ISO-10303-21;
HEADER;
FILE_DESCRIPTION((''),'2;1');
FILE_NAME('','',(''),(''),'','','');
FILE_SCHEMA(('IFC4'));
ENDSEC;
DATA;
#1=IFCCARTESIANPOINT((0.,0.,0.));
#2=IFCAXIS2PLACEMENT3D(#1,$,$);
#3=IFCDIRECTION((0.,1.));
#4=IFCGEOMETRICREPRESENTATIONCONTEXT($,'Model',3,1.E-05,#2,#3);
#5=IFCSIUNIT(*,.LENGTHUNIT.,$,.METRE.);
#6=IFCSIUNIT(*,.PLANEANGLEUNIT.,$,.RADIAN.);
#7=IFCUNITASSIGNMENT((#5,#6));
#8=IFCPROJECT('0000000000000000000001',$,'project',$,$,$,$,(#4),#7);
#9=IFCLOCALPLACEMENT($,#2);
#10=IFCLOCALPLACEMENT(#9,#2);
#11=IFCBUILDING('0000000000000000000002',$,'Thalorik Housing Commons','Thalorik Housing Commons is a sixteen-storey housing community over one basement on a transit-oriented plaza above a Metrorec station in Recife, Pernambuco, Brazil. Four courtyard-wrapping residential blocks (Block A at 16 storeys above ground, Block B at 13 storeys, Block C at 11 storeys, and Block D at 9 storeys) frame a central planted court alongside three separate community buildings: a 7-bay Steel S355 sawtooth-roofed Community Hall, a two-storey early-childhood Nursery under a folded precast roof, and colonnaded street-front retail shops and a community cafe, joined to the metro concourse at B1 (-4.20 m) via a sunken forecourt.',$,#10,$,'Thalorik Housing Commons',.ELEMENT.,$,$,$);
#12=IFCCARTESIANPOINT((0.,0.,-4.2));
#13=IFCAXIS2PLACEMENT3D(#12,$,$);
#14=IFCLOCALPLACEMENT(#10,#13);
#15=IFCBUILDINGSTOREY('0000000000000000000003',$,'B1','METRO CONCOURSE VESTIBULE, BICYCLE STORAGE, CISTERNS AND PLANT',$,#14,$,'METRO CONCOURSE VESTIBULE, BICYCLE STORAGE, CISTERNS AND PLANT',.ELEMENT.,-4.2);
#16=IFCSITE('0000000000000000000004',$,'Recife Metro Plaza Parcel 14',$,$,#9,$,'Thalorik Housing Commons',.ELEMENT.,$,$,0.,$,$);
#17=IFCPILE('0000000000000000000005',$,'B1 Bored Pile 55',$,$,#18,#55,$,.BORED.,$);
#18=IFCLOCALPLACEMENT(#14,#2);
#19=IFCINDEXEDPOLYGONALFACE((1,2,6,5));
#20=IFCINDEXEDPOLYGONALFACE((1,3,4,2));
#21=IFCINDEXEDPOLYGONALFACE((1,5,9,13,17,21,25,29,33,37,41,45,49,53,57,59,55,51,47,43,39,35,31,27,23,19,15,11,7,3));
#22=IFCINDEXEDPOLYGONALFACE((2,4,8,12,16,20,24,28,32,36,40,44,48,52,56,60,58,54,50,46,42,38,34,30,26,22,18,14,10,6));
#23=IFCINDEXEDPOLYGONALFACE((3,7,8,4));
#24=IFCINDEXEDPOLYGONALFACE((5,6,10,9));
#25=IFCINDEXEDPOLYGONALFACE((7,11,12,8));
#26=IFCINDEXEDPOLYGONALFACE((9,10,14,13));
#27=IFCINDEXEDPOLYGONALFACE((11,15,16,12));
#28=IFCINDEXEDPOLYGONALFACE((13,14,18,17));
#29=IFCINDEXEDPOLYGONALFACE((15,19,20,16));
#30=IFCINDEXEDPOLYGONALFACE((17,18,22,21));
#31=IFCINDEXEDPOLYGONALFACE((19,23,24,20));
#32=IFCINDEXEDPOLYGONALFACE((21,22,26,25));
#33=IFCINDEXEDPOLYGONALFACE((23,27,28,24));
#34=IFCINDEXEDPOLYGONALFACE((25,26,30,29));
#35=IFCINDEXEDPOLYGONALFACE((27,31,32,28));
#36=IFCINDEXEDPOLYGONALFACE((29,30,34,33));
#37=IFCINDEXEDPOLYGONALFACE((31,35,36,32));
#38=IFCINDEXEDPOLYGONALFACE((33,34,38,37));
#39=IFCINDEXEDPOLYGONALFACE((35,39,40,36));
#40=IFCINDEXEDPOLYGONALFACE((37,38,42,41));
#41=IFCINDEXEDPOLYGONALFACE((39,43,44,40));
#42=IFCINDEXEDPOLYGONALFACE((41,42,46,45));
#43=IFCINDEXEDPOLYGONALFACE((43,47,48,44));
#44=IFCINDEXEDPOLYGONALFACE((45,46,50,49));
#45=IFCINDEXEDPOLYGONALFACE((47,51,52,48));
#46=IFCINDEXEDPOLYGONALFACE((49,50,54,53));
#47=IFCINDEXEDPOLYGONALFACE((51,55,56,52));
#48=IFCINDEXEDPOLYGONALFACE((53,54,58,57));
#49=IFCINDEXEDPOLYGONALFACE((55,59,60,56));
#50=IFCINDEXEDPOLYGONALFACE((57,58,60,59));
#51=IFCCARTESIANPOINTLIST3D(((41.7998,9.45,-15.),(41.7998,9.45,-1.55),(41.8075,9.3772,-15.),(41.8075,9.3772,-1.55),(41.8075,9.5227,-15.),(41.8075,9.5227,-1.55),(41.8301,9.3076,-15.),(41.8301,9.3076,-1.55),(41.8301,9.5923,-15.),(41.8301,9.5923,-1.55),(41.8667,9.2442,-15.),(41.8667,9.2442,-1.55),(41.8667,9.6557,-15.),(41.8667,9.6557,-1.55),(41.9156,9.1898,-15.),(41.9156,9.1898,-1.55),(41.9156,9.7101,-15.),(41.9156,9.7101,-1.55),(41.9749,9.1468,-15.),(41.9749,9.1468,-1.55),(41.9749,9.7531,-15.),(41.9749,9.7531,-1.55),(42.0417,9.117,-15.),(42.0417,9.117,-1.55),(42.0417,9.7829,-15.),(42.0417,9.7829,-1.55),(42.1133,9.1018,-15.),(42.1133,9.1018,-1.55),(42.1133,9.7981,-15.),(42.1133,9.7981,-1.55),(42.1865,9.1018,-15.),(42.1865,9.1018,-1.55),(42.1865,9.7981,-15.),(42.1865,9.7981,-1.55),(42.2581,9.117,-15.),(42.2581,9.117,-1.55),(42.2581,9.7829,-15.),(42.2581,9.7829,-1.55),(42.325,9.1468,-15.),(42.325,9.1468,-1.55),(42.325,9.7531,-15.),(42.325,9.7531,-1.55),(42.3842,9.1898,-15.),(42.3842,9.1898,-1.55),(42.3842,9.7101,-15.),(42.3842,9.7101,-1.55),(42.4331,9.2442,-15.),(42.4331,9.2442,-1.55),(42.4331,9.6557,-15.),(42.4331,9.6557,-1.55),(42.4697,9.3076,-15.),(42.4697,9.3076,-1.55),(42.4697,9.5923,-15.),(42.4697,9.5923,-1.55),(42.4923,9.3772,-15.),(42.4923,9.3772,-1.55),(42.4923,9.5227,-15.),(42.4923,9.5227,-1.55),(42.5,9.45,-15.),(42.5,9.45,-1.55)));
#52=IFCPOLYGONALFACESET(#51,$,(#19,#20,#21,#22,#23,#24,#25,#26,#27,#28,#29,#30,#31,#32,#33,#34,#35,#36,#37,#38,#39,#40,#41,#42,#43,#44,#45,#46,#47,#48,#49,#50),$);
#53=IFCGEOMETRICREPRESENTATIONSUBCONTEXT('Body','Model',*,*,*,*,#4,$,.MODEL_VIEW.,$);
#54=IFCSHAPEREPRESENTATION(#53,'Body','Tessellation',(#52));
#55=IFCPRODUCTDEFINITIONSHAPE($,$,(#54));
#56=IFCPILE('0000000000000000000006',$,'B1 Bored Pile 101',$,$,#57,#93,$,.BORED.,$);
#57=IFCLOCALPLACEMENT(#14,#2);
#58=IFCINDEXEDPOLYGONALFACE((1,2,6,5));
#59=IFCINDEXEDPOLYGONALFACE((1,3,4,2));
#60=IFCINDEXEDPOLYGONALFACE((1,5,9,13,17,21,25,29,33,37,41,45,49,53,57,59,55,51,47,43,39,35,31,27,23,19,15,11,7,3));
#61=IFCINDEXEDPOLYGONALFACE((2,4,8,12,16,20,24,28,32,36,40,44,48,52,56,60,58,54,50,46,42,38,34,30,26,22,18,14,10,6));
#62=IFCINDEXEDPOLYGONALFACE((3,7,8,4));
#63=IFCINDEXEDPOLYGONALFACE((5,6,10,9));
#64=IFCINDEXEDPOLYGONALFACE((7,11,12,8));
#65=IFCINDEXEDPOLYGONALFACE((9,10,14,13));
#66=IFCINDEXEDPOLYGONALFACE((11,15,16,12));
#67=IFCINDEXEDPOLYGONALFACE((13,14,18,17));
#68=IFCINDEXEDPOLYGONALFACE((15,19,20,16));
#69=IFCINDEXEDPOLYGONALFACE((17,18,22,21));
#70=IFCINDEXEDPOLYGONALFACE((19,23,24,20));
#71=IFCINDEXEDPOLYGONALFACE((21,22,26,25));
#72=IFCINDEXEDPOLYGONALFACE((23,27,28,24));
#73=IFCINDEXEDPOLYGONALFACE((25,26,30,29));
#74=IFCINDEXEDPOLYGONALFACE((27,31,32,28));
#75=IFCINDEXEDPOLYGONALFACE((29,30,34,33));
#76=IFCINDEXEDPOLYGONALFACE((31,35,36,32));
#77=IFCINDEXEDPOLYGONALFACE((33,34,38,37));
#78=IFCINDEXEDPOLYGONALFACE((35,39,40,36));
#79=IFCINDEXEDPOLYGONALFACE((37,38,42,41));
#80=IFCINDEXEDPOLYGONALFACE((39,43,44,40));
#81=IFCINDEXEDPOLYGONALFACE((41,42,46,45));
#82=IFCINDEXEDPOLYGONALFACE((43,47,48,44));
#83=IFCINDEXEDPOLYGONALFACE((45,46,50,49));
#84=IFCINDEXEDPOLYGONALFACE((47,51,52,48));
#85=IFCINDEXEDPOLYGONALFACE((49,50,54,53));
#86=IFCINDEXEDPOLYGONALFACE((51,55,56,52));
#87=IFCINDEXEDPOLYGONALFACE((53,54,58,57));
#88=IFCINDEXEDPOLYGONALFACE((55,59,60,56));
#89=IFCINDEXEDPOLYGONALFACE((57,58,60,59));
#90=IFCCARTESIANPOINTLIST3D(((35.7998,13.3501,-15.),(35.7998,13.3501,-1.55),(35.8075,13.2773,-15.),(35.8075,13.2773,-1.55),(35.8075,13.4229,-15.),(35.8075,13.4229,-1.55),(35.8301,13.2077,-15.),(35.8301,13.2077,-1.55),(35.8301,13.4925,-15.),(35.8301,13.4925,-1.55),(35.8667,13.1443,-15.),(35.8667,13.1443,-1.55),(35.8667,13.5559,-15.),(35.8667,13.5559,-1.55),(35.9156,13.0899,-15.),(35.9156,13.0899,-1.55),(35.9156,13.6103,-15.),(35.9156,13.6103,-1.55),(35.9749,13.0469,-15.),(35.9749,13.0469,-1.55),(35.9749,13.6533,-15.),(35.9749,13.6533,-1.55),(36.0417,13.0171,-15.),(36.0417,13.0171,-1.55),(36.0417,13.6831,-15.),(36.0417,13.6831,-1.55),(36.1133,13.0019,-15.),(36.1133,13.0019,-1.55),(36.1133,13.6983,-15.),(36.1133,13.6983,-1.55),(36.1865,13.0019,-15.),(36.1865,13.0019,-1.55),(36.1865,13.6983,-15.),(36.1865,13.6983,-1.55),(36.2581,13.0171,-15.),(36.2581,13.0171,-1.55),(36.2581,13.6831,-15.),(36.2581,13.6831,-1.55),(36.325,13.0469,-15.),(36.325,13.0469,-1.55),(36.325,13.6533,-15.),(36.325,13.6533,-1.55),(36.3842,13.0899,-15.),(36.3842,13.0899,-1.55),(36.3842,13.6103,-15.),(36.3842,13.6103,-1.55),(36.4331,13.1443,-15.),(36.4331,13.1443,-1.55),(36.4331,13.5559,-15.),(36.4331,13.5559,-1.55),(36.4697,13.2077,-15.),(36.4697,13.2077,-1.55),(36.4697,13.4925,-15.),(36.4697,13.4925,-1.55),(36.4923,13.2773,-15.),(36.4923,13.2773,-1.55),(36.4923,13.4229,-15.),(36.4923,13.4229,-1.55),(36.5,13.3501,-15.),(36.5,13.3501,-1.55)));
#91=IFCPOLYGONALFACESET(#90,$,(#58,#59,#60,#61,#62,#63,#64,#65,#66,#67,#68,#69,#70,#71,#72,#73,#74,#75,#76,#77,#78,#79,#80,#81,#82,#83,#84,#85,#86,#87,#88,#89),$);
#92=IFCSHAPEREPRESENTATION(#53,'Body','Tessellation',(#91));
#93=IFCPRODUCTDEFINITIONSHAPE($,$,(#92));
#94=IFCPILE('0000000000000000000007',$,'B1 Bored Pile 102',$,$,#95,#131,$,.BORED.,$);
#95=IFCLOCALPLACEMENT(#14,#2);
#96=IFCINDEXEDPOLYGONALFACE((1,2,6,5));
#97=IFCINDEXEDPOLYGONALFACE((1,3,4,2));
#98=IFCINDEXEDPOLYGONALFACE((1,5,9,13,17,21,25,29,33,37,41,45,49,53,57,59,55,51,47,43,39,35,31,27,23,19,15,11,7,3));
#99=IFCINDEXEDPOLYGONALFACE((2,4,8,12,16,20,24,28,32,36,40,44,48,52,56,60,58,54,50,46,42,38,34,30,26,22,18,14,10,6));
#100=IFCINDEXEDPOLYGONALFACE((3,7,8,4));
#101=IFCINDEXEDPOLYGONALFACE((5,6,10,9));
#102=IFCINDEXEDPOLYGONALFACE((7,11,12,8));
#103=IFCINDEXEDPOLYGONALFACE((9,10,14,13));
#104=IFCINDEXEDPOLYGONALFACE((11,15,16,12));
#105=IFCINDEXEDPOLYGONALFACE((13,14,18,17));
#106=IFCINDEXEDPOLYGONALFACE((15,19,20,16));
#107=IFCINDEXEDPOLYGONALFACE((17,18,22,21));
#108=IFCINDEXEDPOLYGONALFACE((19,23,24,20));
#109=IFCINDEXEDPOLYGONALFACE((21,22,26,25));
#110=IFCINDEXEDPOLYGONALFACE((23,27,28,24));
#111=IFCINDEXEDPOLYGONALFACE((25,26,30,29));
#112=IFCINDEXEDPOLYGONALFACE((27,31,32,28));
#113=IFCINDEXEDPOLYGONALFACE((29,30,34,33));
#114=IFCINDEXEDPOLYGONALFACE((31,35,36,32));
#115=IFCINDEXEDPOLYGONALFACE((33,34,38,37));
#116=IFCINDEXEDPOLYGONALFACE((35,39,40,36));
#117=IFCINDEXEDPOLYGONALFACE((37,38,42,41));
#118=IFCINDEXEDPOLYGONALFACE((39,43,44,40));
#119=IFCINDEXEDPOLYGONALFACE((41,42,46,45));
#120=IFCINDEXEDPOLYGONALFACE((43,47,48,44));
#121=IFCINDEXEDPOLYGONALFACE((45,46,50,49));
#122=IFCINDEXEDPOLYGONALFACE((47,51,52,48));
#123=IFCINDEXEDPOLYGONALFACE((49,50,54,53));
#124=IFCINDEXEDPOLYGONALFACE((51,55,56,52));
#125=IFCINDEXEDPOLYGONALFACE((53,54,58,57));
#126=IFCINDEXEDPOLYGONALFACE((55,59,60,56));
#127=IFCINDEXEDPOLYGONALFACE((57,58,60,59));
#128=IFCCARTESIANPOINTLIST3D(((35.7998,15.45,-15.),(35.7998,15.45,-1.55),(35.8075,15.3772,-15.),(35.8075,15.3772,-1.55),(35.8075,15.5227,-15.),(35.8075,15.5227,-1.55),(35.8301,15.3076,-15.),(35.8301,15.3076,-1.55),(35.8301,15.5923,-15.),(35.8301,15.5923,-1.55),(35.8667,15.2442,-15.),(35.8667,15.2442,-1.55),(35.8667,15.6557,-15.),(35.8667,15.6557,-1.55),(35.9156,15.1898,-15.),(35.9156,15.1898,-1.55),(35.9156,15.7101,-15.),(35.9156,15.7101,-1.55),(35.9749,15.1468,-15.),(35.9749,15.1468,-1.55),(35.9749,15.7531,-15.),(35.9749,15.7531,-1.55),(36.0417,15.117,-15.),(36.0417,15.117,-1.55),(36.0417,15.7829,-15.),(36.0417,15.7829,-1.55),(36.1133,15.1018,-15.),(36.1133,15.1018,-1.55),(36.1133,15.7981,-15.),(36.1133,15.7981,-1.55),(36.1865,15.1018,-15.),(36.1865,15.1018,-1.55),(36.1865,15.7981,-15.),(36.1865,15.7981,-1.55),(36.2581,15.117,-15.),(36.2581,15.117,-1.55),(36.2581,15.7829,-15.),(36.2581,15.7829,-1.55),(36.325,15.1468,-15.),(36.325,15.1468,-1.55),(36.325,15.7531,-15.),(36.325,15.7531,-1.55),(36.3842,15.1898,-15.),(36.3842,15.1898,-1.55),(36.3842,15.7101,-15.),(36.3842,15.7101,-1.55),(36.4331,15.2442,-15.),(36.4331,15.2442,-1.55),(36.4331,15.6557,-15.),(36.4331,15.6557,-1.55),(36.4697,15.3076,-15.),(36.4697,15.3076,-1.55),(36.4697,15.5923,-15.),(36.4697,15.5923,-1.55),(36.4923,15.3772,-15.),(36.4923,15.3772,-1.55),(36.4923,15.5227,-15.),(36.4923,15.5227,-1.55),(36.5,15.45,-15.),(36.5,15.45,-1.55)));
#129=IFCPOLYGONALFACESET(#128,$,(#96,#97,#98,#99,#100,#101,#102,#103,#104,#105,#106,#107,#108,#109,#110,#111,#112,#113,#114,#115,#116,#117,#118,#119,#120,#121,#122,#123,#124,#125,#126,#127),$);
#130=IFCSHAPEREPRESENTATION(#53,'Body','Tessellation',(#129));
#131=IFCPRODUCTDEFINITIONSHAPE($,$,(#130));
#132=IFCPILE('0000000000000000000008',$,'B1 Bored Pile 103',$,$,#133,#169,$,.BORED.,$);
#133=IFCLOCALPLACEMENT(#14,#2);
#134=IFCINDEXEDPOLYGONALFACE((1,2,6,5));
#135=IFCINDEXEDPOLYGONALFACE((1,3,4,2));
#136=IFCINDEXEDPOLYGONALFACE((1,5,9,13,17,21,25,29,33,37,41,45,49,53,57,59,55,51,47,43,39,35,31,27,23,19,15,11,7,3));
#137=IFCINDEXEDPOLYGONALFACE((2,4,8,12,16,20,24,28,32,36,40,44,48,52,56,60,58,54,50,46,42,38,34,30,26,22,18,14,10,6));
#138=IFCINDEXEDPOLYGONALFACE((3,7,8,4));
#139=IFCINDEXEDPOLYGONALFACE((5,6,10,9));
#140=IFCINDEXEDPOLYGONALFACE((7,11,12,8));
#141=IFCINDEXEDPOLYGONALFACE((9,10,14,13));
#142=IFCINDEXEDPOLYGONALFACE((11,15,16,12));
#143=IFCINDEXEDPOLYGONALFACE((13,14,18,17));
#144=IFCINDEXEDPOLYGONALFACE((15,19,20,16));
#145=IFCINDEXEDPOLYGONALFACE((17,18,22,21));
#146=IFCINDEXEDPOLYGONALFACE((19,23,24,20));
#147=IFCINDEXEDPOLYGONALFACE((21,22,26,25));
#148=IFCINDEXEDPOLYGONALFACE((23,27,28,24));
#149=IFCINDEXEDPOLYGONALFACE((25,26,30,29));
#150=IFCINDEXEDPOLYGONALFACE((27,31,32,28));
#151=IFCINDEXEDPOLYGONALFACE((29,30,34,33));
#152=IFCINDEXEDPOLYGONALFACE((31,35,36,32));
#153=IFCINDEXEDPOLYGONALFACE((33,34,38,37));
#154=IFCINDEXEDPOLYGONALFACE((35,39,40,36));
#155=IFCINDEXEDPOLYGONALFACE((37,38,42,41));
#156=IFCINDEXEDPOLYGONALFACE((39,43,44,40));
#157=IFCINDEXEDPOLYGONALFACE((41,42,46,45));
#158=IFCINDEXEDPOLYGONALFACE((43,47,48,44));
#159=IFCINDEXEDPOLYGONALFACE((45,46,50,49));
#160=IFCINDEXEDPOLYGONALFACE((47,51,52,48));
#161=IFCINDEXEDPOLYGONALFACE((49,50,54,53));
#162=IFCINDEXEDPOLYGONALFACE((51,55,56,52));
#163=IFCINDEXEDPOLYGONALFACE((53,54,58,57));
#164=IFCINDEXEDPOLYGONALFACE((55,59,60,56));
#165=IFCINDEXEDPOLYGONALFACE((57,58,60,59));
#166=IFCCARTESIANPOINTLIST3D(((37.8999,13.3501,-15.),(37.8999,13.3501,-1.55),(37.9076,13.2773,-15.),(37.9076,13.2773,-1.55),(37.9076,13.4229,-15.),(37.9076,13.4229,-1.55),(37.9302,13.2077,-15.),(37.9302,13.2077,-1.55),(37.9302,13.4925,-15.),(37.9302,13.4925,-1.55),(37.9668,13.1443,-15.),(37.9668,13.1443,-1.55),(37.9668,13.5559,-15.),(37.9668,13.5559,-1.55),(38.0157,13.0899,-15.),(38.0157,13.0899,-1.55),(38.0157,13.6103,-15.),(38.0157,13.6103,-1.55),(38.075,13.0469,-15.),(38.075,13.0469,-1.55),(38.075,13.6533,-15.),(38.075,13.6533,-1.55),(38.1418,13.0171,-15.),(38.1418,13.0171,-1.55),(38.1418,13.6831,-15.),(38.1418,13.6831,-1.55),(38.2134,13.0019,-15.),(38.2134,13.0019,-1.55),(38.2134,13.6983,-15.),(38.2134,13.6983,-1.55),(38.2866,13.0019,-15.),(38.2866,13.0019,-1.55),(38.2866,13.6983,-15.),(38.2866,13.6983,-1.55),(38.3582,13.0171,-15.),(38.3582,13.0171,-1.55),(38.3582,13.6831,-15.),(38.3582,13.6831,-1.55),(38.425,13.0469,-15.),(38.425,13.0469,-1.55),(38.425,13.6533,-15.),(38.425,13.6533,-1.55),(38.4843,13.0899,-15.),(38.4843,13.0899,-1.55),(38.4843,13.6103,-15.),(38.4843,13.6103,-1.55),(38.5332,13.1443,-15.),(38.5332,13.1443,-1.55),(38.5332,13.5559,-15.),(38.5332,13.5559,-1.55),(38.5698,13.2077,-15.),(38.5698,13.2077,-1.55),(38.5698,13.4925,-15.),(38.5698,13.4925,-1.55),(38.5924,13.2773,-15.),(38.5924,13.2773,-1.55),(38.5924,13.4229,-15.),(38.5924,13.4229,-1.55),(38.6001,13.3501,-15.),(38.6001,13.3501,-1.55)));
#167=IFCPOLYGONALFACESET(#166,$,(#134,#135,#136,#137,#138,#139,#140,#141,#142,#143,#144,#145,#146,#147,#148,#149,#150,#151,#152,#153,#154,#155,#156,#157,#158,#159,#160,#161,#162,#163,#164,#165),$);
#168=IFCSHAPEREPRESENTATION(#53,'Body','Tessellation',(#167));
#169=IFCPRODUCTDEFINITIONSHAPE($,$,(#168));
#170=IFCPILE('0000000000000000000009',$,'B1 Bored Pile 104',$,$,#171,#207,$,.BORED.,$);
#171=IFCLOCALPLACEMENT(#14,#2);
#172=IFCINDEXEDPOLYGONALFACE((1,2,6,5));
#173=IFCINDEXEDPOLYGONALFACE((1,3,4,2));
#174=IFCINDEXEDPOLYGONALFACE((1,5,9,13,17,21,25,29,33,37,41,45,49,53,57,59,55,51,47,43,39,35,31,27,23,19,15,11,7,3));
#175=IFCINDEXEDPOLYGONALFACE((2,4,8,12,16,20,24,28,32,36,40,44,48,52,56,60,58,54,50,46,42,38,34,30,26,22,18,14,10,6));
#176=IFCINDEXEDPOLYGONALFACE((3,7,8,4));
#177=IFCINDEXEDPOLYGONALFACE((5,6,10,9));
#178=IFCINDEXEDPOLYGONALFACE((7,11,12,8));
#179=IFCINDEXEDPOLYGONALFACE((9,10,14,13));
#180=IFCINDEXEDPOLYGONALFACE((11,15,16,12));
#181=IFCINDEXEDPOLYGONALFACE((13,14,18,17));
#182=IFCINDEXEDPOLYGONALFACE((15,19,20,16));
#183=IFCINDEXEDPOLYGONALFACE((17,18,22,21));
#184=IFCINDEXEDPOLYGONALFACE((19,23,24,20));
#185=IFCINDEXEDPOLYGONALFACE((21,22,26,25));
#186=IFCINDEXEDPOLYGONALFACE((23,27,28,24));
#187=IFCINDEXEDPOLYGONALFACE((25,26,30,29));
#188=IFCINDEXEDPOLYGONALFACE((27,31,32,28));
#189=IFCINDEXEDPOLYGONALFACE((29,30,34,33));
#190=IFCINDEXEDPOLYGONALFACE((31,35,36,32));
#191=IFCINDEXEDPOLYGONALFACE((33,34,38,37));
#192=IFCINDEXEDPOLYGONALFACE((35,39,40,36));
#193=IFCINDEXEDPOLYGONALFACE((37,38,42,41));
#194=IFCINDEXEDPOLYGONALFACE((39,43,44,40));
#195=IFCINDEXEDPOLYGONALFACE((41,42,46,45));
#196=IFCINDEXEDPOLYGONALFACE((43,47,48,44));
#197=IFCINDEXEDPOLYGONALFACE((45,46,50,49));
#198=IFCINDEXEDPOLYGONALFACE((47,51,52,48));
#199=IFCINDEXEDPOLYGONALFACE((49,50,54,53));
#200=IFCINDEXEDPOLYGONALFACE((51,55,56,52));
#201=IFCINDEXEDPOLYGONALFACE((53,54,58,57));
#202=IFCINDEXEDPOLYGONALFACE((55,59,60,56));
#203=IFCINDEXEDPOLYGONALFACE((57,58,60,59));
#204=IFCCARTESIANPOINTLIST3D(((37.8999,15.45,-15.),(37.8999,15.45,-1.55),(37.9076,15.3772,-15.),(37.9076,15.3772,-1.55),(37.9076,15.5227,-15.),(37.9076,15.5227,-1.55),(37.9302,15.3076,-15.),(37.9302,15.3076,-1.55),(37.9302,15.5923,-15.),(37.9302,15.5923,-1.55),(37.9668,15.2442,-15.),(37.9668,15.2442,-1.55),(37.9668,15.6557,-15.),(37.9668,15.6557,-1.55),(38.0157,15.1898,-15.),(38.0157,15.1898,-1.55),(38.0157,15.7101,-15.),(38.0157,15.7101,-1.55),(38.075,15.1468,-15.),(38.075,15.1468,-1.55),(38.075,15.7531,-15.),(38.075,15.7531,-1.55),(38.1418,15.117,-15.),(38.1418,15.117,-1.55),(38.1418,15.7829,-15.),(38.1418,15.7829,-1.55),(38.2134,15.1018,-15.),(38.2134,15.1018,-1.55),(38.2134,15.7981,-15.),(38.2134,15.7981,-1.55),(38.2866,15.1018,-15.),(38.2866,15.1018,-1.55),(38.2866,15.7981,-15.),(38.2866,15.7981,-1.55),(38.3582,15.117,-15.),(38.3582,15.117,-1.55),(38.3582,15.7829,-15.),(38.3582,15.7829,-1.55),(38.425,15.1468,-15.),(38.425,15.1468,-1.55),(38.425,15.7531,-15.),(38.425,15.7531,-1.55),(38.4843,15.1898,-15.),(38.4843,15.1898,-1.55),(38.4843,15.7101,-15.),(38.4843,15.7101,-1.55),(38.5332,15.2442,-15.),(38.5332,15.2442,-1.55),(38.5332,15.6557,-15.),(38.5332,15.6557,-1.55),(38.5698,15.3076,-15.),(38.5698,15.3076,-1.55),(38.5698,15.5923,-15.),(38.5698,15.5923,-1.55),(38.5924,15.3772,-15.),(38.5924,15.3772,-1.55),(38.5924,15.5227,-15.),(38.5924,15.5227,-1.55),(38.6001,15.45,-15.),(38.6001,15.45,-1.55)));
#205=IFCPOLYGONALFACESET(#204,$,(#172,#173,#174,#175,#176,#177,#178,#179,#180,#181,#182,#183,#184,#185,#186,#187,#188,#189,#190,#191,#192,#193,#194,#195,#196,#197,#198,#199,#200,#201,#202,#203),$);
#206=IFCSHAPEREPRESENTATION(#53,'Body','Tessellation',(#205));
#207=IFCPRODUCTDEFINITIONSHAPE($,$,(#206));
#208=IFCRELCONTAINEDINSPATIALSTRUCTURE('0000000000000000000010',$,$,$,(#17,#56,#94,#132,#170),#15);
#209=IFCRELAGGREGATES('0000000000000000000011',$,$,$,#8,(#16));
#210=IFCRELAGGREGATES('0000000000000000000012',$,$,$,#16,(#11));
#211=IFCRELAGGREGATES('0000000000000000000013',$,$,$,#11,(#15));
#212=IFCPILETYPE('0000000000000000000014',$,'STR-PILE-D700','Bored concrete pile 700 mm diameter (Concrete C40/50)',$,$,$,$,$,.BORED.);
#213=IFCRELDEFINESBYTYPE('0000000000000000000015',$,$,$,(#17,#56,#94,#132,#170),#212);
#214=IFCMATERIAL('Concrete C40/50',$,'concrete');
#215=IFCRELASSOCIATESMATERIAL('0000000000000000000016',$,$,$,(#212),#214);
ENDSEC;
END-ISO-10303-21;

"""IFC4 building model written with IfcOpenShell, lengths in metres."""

from ifc_helpers import new_model, si_unit, direction, frame, origin, origin_2d, place, context, subcontext, project, spatial, circle, extrude, material, material_profile, profile_set, type_object, element, save


model = new_model("IFC4")

# Units and contexts
model_context = context("Model", 3, precision=1e-05, world=origin(), true_north=direction((0.0, 1.0)))
body_context = subcontext(model_context, "Body", "Model", "MODEL_VIEW")
ifc_project = project(units=[si_unit("LENGTHUNIT", "METRE"), si_unit("PLANEANGLEUNIT", "RADIAN")], contexts=[model_context])

# Site, building, storey
site_placement = place(None, origin())
site = spatial("IfcSite", under=ifc_project, at=site_placement, Name="Recife Metro Plaza Parcel 14", LongName="Thalorik Housing Commons", CompositionType="ELEMENT", RefElevation=0.0)
building_placement = place(site_placement, origin())
building = spatial("IfcBuilding", under=site, at=building_placement, Name="Thalorik Housing Commons", Description="Thalorik Housing Commons is a sixteen-storey housing community over one basement on a transit-oriented plaza above a Metrorec station in Recife, Pernambuco, Brazil. Four courtyard-wrapping residential blocks (Block A at 16 storeys above ground, Block B at 13 storeys, Block C at 11 storeys, and Block D at 9 storeys) frame a central planted court alongside three separate community buildings: a 7-bay Steel S355 sawtooth-roofed Community Hall, a two-storey early-childhood Nursery under a folded precast roof, and colonnaded street-front retail shops and a community cafe, joined to the metro concourse at B1 (-4.20 m) via a sunken forecourt.", LongName="Thalorik Housing Commons", CompositionType="ELEMENT")
storey_placement = place(building_placement, frame((0.0, 0.0, -4.2)))
storey = spatial("IfcBuildingStorey", under=building, at=storey_placement, Name="B1", Description="METRO CONCOURSE VESTIBULE, BICYCLE STORAGE, CISTERNS AND PLANT", LongName="METRO CONCOURSE VESTIBULE, BICYCLE STORAGE, CISTERNS AND PLANT", CompositionType="ELEMENT", Elevation=-4.2)

# Shared definitions
ifc_material_1 = material(Name="Concrete C40/50", Category="concrete")

# Piles
ifc_material_profile_1 = material_profile(ifc_material_1, circle(Radius=0.3501, at=origin_2d()), Name="BORED PILE D700", Category="concrete")
ifc_profile_set_1 = profile_set([ifc_material_profile_1], Name="Concrete C40/50")
pile_type = type_object("IfcPileType", Name="STR-PILE-D700", Description="Bored concrete pile 700 mm diameter (Concrete C40/50)", PredefinedType="BORED", material=ifc_profile_set_1)
for number, where, z_axis, x_axis, name in (
    (1, (42.1499, 9.45, -1.55), (0.0, 0.0, -1.0), (1.0, 0.0, 0.0), "B1 Bored Pile 55"),
    (2, (36.1499, 13.3501, -1.55), (0.0, 0.0, -1.0), (1.0, 0.0, 0.0), "B1 Bored Pile 101"),
    (3, (36.1499, 15.45, -1.55), (0.0, 0.0, -1.0), (1.0, 0.0, 0.0), "B1 Bored Pile 102"),
    (4, (38.25, 13.3501, -1.55), (0.0, 0.0, -1.0), (1.0, 0.0, 0.0), "B1 Bored Pile 103"),
    (5, (38.25, 15.45, -1.55), (0.0, 0.0, -1.0), (1.0, 0.0, 0.0), "B1 Bored Pile 104"),
):
    element("IfcPile", number, at=place(storey_placement, frame(where, z_axis=z_axis, x_axis=x_axis)), inside=storey, type_object=pile_type, Name=name, PredefinedType="BORED", context=body_context, shape_type="SweptSolid", body=[
        extrude(circle(Radius=0.3501, at=origin_2d()), origin(), (0.0, 0.0, 1.0), 13.45),
    ])

save(model, "model.ifc")
